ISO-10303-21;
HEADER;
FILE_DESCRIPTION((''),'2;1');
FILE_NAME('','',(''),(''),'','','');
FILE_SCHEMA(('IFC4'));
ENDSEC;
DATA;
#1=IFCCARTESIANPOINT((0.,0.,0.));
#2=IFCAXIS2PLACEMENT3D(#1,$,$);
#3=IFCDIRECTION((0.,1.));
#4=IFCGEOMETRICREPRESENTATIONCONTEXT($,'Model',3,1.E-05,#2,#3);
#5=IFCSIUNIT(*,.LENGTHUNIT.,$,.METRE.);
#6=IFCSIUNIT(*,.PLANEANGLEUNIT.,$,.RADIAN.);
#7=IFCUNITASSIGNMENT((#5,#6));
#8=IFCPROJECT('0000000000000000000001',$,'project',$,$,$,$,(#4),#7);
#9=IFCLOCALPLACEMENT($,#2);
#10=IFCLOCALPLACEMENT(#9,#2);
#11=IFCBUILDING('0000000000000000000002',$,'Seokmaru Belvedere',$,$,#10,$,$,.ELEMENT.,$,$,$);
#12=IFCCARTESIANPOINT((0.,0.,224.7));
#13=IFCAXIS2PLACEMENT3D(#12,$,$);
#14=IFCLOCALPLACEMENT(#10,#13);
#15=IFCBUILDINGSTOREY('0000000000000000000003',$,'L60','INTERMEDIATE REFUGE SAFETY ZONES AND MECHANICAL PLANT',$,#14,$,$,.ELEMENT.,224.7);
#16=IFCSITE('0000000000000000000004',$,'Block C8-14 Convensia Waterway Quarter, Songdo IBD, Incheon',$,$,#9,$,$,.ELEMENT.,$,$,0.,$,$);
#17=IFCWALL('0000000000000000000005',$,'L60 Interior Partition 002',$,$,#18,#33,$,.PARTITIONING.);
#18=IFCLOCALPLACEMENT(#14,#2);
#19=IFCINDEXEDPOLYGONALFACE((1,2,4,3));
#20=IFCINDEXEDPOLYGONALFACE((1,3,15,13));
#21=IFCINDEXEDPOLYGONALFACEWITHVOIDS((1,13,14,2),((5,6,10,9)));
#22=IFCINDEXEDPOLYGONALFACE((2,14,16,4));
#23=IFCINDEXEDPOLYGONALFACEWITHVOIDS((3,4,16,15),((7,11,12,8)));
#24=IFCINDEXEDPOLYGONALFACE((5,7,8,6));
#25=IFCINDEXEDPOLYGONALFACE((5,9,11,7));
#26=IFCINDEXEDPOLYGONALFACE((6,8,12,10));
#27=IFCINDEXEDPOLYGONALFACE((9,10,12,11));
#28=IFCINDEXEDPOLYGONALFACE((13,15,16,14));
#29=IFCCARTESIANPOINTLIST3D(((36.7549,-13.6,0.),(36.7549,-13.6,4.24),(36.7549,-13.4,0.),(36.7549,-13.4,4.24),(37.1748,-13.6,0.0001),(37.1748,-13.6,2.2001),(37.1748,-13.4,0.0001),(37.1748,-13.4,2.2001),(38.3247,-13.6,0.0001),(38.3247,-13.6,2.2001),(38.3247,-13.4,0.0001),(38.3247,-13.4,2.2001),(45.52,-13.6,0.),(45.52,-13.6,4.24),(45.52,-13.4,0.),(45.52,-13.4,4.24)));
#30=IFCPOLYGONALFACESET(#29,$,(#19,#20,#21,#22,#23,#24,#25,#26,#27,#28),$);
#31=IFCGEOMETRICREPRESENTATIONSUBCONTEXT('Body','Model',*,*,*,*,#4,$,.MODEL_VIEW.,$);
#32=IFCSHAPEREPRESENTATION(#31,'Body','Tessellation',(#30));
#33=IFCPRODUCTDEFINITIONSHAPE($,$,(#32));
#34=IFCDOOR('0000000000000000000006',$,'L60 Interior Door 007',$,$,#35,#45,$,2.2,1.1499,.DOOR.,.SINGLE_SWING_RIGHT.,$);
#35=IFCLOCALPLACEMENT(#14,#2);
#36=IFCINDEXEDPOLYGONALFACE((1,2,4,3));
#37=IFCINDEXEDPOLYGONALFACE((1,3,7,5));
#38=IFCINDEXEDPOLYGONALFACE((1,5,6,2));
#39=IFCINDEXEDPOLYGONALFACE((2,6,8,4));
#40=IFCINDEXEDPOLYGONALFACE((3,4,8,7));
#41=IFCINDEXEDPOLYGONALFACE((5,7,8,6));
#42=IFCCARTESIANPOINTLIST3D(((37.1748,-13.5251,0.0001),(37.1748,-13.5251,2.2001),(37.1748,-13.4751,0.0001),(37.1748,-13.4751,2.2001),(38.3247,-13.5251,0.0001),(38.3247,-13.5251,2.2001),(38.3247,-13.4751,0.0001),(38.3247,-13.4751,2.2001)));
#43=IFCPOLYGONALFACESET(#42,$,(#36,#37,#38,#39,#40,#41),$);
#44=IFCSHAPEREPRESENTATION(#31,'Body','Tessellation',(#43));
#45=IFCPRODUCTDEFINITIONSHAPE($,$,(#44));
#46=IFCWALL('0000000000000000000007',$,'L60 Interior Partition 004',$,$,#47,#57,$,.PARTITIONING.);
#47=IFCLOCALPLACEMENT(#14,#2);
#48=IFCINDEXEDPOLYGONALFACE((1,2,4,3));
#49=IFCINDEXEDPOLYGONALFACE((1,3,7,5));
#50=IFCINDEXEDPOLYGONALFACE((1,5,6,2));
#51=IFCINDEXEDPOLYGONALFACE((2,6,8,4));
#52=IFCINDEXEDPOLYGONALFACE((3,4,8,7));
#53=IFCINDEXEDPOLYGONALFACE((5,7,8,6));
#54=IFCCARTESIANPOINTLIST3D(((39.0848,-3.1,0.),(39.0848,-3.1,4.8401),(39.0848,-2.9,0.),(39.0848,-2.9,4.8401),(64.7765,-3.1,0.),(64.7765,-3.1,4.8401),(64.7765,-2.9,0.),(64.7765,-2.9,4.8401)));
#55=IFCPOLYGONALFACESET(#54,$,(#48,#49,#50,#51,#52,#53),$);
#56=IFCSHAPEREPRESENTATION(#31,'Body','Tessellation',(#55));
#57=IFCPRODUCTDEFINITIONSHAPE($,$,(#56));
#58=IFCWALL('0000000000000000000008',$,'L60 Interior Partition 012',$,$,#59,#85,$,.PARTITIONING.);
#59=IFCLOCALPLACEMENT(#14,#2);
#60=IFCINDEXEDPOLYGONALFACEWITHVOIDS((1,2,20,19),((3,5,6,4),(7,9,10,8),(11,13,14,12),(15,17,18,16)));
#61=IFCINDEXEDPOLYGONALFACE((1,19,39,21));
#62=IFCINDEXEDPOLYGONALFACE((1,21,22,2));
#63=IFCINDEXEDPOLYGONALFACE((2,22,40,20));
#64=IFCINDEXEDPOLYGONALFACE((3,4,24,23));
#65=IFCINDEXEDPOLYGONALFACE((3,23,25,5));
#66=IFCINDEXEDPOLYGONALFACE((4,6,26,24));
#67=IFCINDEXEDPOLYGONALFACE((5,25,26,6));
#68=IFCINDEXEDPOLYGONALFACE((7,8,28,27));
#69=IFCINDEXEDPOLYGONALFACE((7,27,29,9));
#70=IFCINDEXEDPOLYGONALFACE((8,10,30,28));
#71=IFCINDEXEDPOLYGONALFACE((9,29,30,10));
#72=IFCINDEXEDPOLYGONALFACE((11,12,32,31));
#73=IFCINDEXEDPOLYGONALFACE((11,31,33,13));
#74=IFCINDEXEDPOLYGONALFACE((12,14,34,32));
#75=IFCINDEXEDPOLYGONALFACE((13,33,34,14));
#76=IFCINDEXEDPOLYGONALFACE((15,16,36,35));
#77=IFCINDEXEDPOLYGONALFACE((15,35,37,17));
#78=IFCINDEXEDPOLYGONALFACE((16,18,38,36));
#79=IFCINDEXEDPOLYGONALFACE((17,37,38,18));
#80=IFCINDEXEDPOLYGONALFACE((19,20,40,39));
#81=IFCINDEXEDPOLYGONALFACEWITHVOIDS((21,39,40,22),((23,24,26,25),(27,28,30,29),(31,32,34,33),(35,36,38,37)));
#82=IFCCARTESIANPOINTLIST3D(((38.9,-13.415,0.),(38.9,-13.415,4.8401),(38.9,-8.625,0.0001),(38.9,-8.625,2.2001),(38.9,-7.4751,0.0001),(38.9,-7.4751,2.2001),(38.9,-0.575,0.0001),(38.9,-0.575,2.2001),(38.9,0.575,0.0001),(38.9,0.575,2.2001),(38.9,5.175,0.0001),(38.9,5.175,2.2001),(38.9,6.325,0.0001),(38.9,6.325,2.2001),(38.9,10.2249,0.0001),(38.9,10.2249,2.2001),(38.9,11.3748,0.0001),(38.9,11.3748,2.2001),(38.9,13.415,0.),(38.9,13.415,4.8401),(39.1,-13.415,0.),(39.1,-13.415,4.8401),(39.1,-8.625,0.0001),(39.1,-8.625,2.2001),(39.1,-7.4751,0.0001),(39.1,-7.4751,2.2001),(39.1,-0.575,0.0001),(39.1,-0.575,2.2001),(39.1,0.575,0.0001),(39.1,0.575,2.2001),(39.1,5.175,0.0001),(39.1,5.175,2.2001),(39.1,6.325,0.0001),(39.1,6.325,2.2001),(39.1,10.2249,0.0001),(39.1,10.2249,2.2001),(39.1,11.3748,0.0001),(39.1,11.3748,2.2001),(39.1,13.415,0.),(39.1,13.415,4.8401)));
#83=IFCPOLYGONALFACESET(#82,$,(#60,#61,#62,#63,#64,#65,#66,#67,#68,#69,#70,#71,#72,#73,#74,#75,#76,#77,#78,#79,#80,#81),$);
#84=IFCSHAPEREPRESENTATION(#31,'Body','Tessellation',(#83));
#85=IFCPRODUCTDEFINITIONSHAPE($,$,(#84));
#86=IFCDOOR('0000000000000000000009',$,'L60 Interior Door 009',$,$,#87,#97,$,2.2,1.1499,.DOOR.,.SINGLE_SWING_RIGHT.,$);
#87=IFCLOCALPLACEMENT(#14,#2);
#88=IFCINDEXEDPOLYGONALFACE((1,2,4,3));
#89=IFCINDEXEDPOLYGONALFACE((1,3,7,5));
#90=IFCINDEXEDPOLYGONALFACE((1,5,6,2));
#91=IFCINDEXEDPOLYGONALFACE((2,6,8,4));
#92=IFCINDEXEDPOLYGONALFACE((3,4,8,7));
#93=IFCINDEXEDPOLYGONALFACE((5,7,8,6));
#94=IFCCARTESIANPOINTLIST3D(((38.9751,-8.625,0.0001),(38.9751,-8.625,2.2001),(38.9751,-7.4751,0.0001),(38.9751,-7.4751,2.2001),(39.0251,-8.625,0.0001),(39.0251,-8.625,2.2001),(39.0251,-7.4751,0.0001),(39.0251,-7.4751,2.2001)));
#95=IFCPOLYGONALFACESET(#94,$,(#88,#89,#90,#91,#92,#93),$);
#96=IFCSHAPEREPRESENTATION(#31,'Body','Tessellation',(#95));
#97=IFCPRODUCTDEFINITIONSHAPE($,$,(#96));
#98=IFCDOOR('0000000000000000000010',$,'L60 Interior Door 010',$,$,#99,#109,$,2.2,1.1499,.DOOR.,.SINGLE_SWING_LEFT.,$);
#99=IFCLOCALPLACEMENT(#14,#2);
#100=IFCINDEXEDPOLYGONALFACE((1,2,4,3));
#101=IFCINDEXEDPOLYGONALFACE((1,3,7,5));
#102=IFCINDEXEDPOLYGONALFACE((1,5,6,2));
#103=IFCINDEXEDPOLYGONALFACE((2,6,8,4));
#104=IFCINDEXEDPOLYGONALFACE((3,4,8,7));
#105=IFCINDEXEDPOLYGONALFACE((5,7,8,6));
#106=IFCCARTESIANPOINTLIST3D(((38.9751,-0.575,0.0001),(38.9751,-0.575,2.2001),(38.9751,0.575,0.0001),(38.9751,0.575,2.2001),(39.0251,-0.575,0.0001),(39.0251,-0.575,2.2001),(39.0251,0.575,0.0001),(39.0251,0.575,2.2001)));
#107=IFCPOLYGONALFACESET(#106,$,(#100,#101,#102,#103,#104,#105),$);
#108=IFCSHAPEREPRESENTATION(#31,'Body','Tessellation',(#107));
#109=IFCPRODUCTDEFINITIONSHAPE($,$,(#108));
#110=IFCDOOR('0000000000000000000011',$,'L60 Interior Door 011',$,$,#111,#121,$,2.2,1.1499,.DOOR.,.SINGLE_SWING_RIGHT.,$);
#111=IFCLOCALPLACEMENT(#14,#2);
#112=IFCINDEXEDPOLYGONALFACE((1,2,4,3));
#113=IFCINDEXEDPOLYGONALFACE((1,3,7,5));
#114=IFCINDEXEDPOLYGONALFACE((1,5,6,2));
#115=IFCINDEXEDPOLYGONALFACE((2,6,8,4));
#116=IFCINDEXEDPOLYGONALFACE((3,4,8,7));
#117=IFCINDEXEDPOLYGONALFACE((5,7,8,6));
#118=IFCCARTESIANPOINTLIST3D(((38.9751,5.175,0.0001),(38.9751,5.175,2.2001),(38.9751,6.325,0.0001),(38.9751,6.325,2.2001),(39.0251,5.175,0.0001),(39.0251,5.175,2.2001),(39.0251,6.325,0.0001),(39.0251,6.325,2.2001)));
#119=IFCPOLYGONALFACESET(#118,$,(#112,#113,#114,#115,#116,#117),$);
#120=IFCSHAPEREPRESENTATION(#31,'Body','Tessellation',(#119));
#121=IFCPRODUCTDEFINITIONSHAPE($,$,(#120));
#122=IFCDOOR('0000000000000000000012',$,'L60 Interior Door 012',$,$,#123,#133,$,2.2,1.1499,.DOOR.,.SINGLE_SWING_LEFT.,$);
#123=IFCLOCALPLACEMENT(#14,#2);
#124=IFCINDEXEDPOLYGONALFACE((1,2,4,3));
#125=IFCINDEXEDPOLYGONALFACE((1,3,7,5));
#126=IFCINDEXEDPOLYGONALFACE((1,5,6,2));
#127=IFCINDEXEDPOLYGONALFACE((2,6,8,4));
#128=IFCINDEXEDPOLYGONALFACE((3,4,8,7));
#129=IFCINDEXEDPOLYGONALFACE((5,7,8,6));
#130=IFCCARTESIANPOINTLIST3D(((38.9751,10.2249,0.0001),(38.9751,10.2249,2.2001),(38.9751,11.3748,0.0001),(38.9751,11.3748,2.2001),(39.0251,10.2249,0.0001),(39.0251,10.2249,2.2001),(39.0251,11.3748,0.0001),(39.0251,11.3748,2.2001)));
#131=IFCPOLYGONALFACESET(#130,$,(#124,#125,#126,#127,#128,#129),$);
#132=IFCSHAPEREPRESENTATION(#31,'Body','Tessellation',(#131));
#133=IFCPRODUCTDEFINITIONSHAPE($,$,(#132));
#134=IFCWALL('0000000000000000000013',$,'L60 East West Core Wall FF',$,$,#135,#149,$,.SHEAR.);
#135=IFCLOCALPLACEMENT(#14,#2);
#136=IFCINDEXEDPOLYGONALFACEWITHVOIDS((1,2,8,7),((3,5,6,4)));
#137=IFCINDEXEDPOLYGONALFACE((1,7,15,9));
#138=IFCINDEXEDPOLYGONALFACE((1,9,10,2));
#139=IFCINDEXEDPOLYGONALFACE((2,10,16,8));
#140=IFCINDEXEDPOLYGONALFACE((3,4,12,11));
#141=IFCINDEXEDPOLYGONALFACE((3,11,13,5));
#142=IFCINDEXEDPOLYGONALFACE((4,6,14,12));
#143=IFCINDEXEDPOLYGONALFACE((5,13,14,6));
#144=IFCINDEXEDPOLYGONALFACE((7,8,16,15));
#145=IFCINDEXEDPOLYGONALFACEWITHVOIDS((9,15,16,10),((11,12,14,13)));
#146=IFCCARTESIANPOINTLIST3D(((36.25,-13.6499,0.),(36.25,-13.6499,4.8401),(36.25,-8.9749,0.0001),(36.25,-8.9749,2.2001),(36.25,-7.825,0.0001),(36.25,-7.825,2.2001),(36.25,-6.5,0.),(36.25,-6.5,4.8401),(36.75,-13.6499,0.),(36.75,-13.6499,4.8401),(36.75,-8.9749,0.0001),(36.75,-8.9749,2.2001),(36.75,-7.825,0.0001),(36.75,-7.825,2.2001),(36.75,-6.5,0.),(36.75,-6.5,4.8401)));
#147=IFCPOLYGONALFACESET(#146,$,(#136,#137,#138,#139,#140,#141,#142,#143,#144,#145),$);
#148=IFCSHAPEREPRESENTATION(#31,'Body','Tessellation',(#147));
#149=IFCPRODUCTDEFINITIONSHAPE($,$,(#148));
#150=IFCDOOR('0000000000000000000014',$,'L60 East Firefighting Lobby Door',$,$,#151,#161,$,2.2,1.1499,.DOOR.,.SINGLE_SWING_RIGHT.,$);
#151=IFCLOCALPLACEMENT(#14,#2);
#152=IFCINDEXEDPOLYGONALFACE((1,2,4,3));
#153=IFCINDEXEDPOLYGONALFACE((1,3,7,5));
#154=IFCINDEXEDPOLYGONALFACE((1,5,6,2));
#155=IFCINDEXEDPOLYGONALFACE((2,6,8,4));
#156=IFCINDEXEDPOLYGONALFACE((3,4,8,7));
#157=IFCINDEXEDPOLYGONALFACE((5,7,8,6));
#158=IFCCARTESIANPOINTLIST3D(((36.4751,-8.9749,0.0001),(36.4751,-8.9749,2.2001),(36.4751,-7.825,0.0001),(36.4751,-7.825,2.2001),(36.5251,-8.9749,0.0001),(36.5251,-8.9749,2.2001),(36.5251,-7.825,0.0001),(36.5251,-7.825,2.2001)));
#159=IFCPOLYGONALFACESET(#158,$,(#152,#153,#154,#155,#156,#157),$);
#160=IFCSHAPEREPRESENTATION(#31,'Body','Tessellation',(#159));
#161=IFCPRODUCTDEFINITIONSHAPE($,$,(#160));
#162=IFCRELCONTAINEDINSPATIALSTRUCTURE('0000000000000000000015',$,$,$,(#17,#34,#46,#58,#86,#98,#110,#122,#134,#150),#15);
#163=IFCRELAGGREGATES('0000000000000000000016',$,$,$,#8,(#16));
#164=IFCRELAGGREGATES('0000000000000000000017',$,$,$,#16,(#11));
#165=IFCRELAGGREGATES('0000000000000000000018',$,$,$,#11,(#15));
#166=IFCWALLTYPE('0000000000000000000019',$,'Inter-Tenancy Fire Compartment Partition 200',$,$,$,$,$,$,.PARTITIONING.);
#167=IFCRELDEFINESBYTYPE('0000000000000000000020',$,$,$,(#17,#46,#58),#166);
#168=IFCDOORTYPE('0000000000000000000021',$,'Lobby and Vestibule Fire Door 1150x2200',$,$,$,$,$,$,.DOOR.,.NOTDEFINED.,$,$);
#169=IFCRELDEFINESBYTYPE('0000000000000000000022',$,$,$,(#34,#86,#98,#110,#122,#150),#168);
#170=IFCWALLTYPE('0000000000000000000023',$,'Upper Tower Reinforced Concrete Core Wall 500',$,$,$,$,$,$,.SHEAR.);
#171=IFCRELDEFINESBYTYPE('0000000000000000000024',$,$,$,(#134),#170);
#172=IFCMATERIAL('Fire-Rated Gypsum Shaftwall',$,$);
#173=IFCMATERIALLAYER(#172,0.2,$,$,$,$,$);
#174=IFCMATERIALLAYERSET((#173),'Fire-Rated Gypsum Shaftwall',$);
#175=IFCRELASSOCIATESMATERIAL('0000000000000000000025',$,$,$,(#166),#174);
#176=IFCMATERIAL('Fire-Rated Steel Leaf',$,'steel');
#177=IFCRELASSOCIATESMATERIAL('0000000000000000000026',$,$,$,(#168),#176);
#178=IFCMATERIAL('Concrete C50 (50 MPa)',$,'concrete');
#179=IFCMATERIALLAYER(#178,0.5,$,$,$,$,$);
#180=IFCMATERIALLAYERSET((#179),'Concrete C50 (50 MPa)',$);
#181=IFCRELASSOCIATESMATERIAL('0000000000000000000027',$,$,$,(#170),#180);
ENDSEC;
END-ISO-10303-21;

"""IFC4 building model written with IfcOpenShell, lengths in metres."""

from ifc_helpers import new_model, si_unit, direction, frame, frame_2d, origin, place, context, subcontext, project, spatial, rectangle, extrude, source, transform, mapped, material, layer, layer_set, type_object, type_shapes, element, fill, save


model = new_model("IFC4")

# Units and contexts
model_context = context("Model", 3, precision=1e-05, world=origin(), true_north=direction((0.0, 1.0)))
body_context = subcontext(model_context, "Body", "Model", "MODEL_VIEW")
ifc_project = project(units=[si_unit("LENGTHUNIT", "METRE"), si_unit("PLANEANGLEUNIT", "RADIAN")], contexts=[model_context])

# Site, building, storey
site_placement = place(None, origin())
site = spatial("IfcSite", under=ifc_project, at=site_placement, Name="Block C8-14 Convensia Waterway Quarter, Songdo IBD, Incheon", CompositionType="ELEMENT", RefElevation=0.0)
building_placement = place(site_placement, origin())
building = spatial("IfcBuilding", under=site, at=building_placement, Name="Seokmaru Belvedere", CompositionType="ELEMENT")
storey_placement = place(building_placement, frame((0.0, 0.0, 224.7)))
storey = spatial("IfcBuildingStorey", under=building, at=storey_placement, Name="L60", Description="INTERMEDIATE REFUGE SAFETY ZONES AND MECHANICAL PLANT", CompositionType="ELEMENT", Elevation=224.7)

# Wall, opening, door
ifc_material_1 = material(Name="Fire-Rated Gypsum Shaftwall")
ifc_layer_1 = layer(ifc_material_1, 0.2)
ifc_layer_set_1 = layer_set([ifc_layer_1], Name="Fire-Rated Gypsum Shaftwall")
wall_type_1 = type_object("IfcWallType", Name="Inter-Tenancy Fire Compartment Partition 200", PredefinedType="PARTITIONING", material=ifc_layer_set_1)
wall_1_placement = place(storey_placement, frame((36.7549, -13.5, 0.0), z_axis=(0.0, 0.0, 1.0), x_axis=(1.0, 0.0, 0.0)))
wall_1 = element("IfcWall", 1, at=wall_1_placement, inside=storey, type_object=wall_type_1, Name="L60 Interior Partition 002", PredefinedType="PARTITIONING", context=body_context, shape_type="SweptSolid", body=[
    extrude(rectangle(XDim=8.7651, YDim=0.2, at=frame_2d((4.3826, 0.0))), origin(), (0.0, 0.0, 1.0), 4.24),
])
opening_1_placement = place(wall_1_placement, frame((0.4199, 0.0, 0.0)))
opening_1 = element("IfcOpeningElement", 2, at=opening_1_placement, cuts=wall_1, PredefinedType="OPENING", context=body_context, shape_type="SweptSolid", body=[
    extrude(rectangle(XDim=1.1499, YDim=2.2, at=frame_2d((0.575, 1.1001))), frame((0.0, 0.1099, 0.0), z_axis=(0.0, -1.0, 0.0), x_axis=(1.0, 0.0, 0.0)), (0.0, 0.0, 1.0), 0.22),
])
ifc_material_2 = material(Name="Fire-Rated Steel Leaf", Category="steel")
door_type_1 = type_object("IfcDoorType", Name="Lobby and Vestibule Fire Door 1150x2200", OperationType="NOTDEFINED", PredefinedType="DOOR", material=ifc_material_2)
shared_shape_1 = source(origin(), body_context, "Body", "SweptSolid", [
    extrude(rectangle(XDim=1.1499, YDim=2.2, at=frame_2d((0.575, 1.1001))), frame((0.0, 0.0249, 0.0), z_axis=(0.0, -1.0, 0.0), x_axis=(1.0, 0.0, 0.0)), (0.0, 0.0, 1.0), 0.05),
])
type_shapes(door_type_1, [shared_shape_1])
door_1_placement = place(opening_1_placement, origin())
door_1 = element("IfcDoor", 3, at=door_1_placement, inside=storey, type_object=door_type_1, Name="L60 Interior Door 007", OperationType="SINGLE_SWING_RIGHT", OverallHeight=2.2, OverallWidth=1.1499, PredefinedType="DOOR", context=body_context, shape_type="MappedRepresentation", body=[
    mapped(shared_shape_1, transform((0.0, 0.0, 0.0), scale=1.0)),
])
fill(opening_1, door_1)

# Wall
wall_2_placement = place(storey_placement, frame((39.085, -3.0, 0.0), z_axis=(0.0, 0.0, 1.0), x_axis=(1.0, 0.0, 0.0)))
element("IfcWall", 4, at=wall_2_placement, inside=storey, type_object=wall_type_1, Name="L60 Interior Partition 004", PredefinedType="PARTITIONING", context=body_context, shape_type="SweptSolid", body=[
    extrude(rectangle(XDim=25.6917, YDim=0.2, at=frame_2d((12.8457, 0.0))), origin(), (0.0, 0.0, 1.0), 4.8401),
])

# Wall, openings, doors
wall_3_placement = place(storey_placement, frame((39.0, -13.415, 0.0), z_axis=(0.0, 0.0, 1.0), x_axis=(0.0, 1.0, 0.0)))
wall_3 = element("IfcWall", 5, at=wall_3_placement, inside=storey, type_object=wall_type_1, Name="L60 Interior Partition 012", PredefinedType="PARTITIONING", context=body_context, shape_type="SweptSolid", body=[
    extrude(rectangle(XDim=26.8301, YDim=0.2, at=frame_2d((13.415, 0.0))), origin(), (0.0, 0.0, 1.0), 4.8401),
])
opening_2_placement = place(wall_3_placement, frame((4.79, 0.0, 0.0)))
opening_2 = element("IfcOpeningElement", 6, at=opening_2_placement, cuts=wall_3, PredefinedType="OPENING", context=body_context, shape_type="SweptSolid", body=[
    extrude(rectangle(XDim=1.1499, YDim=2.2, at=frame_2d((0.575, 1.1001))), frame((0.0, 0.1099, 0.0), z_axis=(0.0, -1.0, 0.0), x_axis=(1.0, 0.0, 0.0)), (0.0, 0.0, 1.0), 0.22),
])
opening_3_placement = place(wall_3_placement, frame((12.8401, 0.0, 0.0)))
opening_3 = element("IfcOpeningElement", 7, at=opening_3_placement, cuts=wall_3, PredefinedType="OPENING", context=body_context, shape_type="SweptSolid", body=[
    extrude(rectangle(XDim=1.1499, YDim=2.2, at=frame_2d((0.575, 1.1001))), frame((0.0, 0.1099, 0.0), z_axis=(0.0, -1.0, 0.0), x_axis=(1.0, 0.0, 0.0)), (0.0, 0.0, 1.0), 0.22),
])
opening_4_placement = place(wall_3_placement, frame((18.5901, 0.0, 0.0)))
opening_4 = element("IfcOpeningElement", 8, at=opening_4_placement, cuts=wall_3, PredefinedType="OPENING", context=body_context, shape_type="SweptSolid", body=[
    extrude(rectangle(XDim=1.1499, YDim=2.2, at=frame_2d((0.575, 1.1001))), frame((0.0, 0.1099, 0.0), z_axis=(0.0, -1.0, 0.0), x_axis=(1.0, 0.0, 0.0)), (0.0, 0.0, 1.0), 0.22),
])
opening_5_placement = place(wall_3_placement, frame((23.6399, 0.0, 0.0)))
opening_5 = element("IfcOpeningElement", 9, at=opening_5_placement, cuts=wall_3, PredefinedType="OPENING", context=body_context, shape_type="SweptSolid", body=[
    extrude(rectangle(XDim=1.1499, YDim=2.2, at=frame_2d((0.575, 1.1001))), frame((0.0, 0.1099, 0.0), z_axis=(0.0, -1.0, 0.0), x_axis=(1.0, 0.0, 0.0)), (0.0, 0.0, 1.0), 0.22),
])
door_2_placement = place(opening_2_placement, origin())
door_2 = element("IfcDoor", 10, at=door_2_placement, inside=storey, type_object=door_type_1, Name="L60 Interior Door 009", OperationType="SINGLE_SWING_RIGHT", OverallHeight=2.2, OverallWidth=1.1499, PredefinedType="DOOR", context=body_context, shape_type="MappedRepresentation", body=[
    mapped(shared_shape_1, transform((0.0, 0.0, 0.0), scale=1.0)),
])
fill(opening_2, door_2)
door_3_placement = place(opening_3_placement, origin())
door_3 = element("IfcDoor", 11, at=door_3_placement, inside=storey, type_object=door_type_1, Name="L60 Interior Door 010", OperationType="SINGLE_SWING_LEFT", OverallHeight=2.2, OverallWidth=1.1499, PredefinedType="DOOR", context=body_context, shape_type="MappedRepresentation", body=[
    mapped(shared_shape_1, transform((0.0, 0.0, 0.0), scale=1.0)),
])
fill(opening_3, door_3)
door_4_placement = place(opening_4_placement, origin())
door_4 = element("IfcDoor", 12, at=door_4_placement, inside=storey, type_object=door_type_1, Name="L60 Interior Door 011", OperationType="SINGLE_SWING_RIGHT", OverallHeight=2.2, OverallWidth=1.1499, PredefinedType="DOOR", context=body_context, shape_type="MappedRepresentation", body=[
    mapped(shared_shape_1, transform((0.0, 0.0, 0.0), scale=1.0)),
])
fill(opening_4, door_4)
door_5_placement = place(opening_5_placement, origin())
door_5 = element("IfcDoor", 13, at=door_5_placement, inside=storey, type_object=door_type_1, Name="L60 Interior Door 012", OperationType="SINGLE_SWING_LEFT", OverallHeight=2.2, OverallWidth=1.1499, PredefinedType="DOOR", context=body_context, shape_type="MappedRepresentation", body=[
    mapped(shared_shape_1, transform((0.0, 0.0, 0.0), scale=1.0)),
])
fill(opening_5, door_5)

# Wall, opening, door
ifc_material_3 = material(Name="Concrete C50 (50 MPa)", Category="concrete")
ifc_layer_2 = layer(ifc_material_3, 0.5)
ifc_layer_set_2 = layer_set([ifc_layer_2], Name="Concrete C50 (50 MPa)")
wall_type_2 = type_object("IfcWallType", Name="Upper Tower Reinforced Concrete Core Wall 500", PredefinedType="SHEAR", material=ifc_layer_set_2)
wall_4_placement = place(storey_placement, frame((36.5, -13.6499, 0.0), z_axis=(0.0, 0.0, 1.0), x_axis=(0.0, 1.0, 0.0)))
wall_4 = element("IfcWall", 14, at=wall_4_placement, inside=storey, type_object=wall_type_2, Name="L60 East West Core Wall FF", PredefinedType="SHEAR", context=body_context, shape_type="SweptSolid", body=[
    extrude(rectangle(XDim=7.1499, YDim=0.5, at=frame_2d((3.575, 0.0))), origin(), (0.0, 0.0, 1.0), 4.8401),
])
opening_6_placement = place(wall_4_placement, frame((4.675, 0.0, 0.0)))
opening_6 = element("IfcOpeningElement", 15, at=opening_6_placement, cuts=wall_4, PredefinedType="OPENING", context=body_context, shape_type="SweptSolid", body=[
    extrude(rectangle(XDim=1.1499, YDim=2.2, at=frame_2d((0.575, 1.1001))), frame((0.0, 0.26, 0.0), z_axis=(0.0, -1.0, 0.0), x_axis=(1.0, 0.0, 0.0)), (0.0, 0.0, 1.0), 0.52),
])
door_6_placement = place(opening_6_placement, origin())
door_6 = element("IfcDoor", 16, at=door_6_placement, inside=storey, type_object=door_type_1, Name="L60 East Firefighting Lobby Door", OperationType="SINGLE_SWING_RIGHT", OverallHeight=2.2, OverallWidth=1.1499, PredefinedType="DOOR", context=body_context, shape_type="MappedRepresentation", body=[
    mapped(shared_shape_1, transform((0.0, 0.0, 0.0), scale=1.0)),
])
fill(opening_6, door_6)

save(model, "model.ifc")
